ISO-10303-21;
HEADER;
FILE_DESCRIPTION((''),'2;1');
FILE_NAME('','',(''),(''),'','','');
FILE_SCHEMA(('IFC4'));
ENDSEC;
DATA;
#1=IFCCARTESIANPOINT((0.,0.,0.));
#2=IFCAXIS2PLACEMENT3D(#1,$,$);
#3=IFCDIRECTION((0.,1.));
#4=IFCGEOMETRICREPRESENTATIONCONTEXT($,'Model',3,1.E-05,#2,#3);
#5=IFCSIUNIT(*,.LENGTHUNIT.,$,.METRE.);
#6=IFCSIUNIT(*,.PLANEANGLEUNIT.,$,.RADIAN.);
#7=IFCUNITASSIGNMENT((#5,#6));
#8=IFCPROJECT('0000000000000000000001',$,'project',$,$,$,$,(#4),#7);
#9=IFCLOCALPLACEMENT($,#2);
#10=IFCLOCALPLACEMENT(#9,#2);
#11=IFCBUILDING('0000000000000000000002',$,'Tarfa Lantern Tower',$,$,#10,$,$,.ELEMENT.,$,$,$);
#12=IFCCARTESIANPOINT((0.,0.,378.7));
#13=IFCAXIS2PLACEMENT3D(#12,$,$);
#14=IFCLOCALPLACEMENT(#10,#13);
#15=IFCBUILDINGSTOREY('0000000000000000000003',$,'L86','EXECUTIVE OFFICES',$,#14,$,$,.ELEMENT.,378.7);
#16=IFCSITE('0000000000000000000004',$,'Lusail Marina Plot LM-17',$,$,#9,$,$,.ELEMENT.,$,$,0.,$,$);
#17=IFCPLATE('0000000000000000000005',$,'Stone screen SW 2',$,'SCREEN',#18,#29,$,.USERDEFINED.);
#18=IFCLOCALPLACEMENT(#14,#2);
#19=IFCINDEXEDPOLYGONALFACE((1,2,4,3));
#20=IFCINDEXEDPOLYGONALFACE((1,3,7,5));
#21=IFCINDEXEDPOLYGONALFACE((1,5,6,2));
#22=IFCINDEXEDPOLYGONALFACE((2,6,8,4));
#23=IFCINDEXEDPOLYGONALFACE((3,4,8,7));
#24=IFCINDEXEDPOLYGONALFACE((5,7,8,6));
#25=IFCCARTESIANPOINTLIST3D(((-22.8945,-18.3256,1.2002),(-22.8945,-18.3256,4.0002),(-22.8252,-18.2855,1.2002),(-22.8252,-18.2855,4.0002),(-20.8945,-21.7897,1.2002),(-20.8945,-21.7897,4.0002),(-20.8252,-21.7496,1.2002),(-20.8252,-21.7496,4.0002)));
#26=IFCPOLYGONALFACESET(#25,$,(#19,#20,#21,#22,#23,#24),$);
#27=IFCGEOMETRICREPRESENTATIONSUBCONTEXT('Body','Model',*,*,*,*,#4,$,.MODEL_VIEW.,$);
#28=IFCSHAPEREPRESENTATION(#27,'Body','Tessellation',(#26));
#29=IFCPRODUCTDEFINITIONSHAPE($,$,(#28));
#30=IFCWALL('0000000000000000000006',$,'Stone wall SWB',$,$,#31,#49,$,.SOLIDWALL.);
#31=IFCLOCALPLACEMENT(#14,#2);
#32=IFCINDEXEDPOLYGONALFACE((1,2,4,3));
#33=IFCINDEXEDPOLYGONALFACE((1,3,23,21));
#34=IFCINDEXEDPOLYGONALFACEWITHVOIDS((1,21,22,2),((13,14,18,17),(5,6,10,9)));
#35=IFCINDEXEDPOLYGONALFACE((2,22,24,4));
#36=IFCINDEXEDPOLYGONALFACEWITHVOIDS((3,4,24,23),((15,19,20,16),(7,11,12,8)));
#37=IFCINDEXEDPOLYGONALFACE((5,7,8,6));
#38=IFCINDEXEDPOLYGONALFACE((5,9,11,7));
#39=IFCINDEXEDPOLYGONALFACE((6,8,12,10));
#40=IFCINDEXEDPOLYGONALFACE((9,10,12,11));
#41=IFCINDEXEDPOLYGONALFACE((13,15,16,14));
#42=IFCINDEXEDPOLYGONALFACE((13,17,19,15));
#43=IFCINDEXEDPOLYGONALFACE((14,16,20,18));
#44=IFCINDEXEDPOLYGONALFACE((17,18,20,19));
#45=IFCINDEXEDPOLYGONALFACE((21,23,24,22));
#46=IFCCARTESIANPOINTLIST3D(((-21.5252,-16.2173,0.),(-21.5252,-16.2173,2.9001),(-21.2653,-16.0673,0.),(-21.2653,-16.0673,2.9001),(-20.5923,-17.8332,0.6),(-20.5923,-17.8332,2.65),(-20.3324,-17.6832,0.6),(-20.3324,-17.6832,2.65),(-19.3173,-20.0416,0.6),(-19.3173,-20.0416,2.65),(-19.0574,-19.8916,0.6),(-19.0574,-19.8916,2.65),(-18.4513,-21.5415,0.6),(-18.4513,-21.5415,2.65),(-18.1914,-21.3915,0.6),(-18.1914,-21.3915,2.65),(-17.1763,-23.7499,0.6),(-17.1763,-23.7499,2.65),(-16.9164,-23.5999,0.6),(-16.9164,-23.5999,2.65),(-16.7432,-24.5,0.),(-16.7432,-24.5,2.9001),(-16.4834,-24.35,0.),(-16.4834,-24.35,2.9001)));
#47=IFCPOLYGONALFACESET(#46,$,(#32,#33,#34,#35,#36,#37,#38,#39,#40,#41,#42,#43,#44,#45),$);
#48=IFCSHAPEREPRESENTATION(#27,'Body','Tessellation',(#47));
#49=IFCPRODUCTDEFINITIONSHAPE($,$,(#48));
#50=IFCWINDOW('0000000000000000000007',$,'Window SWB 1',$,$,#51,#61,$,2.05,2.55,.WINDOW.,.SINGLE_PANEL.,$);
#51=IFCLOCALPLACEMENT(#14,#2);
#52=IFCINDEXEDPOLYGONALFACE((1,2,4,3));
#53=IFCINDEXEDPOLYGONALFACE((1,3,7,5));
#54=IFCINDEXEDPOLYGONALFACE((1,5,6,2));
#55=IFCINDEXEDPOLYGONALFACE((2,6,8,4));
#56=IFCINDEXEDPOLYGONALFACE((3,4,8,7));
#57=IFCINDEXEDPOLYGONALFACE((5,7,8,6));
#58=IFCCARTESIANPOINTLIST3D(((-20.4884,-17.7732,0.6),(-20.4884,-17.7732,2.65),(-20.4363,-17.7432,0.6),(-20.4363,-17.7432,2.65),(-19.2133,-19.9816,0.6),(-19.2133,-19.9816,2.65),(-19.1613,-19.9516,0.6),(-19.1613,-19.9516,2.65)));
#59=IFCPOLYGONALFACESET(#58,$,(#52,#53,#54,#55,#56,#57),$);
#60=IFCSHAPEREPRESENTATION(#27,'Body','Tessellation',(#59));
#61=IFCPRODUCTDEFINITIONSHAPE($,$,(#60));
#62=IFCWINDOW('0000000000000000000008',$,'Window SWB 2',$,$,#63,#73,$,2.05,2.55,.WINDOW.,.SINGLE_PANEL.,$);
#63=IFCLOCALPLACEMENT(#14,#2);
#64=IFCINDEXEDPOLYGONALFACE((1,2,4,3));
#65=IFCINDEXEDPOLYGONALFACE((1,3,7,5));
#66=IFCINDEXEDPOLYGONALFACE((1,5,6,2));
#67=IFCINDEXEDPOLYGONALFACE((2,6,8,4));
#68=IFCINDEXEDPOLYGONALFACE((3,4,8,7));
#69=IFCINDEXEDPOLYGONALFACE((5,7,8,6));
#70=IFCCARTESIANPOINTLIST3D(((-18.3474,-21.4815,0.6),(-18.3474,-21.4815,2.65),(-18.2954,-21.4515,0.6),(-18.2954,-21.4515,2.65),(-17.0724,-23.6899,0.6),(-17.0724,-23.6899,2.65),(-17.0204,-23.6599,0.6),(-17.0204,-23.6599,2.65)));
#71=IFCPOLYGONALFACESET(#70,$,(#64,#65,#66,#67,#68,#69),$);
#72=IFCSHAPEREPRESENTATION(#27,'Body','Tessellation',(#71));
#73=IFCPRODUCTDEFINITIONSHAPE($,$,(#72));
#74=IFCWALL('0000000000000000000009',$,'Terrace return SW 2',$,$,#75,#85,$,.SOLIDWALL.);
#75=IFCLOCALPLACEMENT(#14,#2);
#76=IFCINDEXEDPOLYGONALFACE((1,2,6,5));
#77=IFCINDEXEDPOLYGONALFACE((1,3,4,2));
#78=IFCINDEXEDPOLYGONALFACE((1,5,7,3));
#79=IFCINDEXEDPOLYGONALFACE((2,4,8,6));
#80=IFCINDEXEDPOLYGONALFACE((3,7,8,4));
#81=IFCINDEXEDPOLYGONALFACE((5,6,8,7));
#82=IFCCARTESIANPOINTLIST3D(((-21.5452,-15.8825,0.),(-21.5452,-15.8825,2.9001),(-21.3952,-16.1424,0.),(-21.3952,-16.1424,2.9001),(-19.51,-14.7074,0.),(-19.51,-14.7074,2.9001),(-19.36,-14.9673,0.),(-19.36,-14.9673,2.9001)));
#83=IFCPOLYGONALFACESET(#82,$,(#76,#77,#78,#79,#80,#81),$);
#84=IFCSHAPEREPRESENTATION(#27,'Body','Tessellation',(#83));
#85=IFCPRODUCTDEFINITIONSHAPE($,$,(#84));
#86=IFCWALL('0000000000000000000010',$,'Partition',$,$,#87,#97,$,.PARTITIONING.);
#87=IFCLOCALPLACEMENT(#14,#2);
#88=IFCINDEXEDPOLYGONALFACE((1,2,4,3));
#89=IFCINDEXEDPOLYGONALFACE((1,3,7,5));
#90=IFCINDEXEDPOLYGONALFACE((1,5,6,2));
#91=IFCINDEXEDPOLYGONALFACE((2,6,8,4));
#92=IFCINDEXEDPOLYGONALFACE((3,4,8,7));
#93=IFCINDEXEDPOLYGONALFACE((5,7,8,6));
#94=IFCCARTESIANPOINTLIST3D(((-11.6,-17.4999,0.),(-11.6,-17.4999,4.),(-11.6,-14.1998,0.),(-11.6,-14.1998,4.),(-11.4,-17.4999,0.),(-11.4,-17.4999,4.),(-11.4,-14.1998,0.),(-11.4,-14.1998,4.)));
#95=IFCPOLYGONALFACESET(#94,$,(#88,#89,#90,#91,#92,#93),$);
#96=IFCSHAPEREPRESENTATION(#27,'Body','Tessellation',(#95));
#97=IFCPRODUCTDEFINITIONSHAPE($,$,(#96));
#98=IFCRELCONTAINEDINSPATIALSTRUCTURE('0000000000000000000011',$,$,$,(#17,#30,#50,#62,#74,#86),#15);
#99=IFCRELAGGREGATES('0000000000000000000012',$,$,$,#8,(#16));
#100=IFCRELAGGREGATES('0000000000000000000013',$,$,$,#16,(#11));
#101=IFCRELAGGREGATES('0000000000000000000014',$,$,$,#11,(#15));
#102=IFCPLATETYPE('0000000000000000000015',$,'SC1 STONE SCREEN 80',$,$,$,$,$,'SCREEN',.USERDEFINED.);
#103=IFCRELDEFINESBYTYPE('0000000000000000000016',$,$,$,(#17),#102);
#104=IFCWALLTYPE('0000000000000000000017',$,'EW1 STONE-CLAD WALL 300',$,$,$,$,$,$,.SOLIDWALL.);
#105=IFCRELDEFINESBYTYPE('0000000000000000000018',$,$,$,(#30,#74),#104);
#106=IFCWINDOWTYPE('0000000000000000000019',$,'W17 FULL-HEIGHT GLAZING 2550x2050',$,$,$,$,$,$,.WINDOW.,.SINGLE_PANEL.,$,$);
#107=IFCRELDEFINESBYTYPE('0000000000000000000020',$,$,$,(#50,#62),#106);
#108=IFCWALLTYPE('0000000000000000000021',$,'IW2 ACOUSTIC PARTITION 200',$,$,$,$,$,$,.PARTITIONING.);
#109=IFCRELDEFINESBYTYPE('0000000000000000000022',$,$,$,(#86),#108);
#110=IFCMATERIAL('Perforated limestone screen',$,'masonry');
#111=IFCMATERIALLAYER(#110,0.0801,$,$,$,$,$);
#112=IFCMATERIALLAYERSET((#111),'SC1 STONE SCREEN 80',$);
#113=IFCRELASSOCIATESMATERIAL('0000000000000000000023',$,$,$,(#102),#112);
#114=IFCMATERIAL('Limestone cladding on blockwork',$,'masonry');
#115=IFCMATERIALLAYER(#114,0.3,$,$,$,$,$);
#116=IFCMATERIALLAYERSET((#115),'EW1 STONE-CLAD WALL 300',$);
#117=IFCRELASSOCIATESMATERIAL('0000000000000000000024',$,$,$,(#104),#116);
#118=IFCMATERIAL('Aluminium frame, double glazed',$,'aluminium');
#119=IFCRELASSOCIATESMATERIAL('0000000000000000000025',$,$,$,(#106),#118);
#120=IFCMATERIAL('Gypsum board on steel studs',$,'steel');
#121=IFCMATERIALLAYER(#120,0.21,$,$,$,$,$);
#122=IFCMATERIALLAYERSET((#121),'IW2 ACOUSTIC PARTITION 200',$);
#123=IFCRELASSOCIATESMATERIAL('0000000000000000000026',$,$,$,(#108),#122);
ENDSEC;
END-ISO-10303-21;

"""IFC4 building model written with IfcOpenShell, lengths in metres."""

from ifc_helpers import new_model, si_unit, direction, frame, frame_2d, origin, origin_2d, place, context, subcontext, project, spatial, rectangle, extrude, material, layer, layer_set, type_object, element, fill, save


model = new_model("IFC4")

# Units and contexts
model_context = context("Model", 3, precision=1e-05, world=origin(), true_north=direction((0.0, 1.0)))
body_context = subcontext(model_context, "Body", "Model", "MODEL_VIEW")
ifc_project = project(units=[si_unit("LENGTHUNIT", "METRE"), si_unit("PLANEANGLEUNIT", "RADIAN")], contexts=[model_context])

# Site, building, storey
site_placement = place(None, origin())
site = spatial("IfcSite", under=ifc_project, at=site_placement, Name="Lusail Marina Plot LM-17", CompositionType="ELEMENT", RefElevation=0.0)
building_placement = place(site_placement, origin())
building = spatial("IfcBuilding", under=site, at=building_placement, Name="Tarfa Lantern Tower", CompositionType="ELEMENT")
storey_placement = place(building_placement, frame((0.0, 0.0, 378.7)))
storey = spatial("IfcBuildingStorey", under=building, at=storey_placement, Name="L86", Description="EXECUTIVE OFFICES", CompositionType="ELEMENT", Elevation=378.7)

# Plate
ifc_material_1 = material(Name="Perforated limestone screen", Category="masonry")
ifc_layer_1 = layer(ifc_material_1, 0.0801)
ifc_layer_set_1 = layer_set([ifc_layer_1], Name="SC1 STONE SCREEN 80")
plate_type_1 = type_object("IfcPlateType", Name="SC1 STONE SCREEN 80", ElementType="SCREEN", PredefinedType="USERDEFINED", material=ifc_layer_set_1)
plate_1_placement = place(storey_placement, frame((-21.8599, -20.0376, 1.2002), z_axis=(0.0, 0.0, 1.0), x_axis=(0.5, -0.866025, 0.0)))
element("IfcPlate", 1, at=plate_1_placement, inside=storey, type_object=plate_type_1, Name="Stone screen SW 2", ObjectType="SCREEN", PredefinedType="USERDEFINED", context=body_context, shape_type="SweptSolid", body=[
    extrude(rectangle(XDim=4.0, YDim=0.0801, at=origin_2d()), origin(), (0.0, 0.0, 1.0), 2.8),
])

# Wall, openings, windows
ifc_material_2 = material(Name="Limestone cladding on blockwork", Category="masonry")
ifc_layer_2 = layer(ifc_material_2, 0.3)
ifc_layer_set_2 = layer_set([ifc_layer_2], Name="EW1 STONE-CLAD WALL 300")
wall_type_1 = type_object("IfcWallType", Name="EW1 STONE-CLAD WALL 300", PredefinedType="SOLIDWALL", material=ifc_layer_set_2)
wall_1_placement = place(storey_placement, frame((-21.3953, -16.1423, 0.0), z_axis=(0.0, 0.0, 1.0), x_axis=(0.499996, -0.866027, 0.0)))
wall_1 = element("IfcWall", 2, at=wall_1_placement, inside=storey, type_object=wall_type_1, Name="Stone wall SWB", PredefinedType="SOLIDWALL", context=body_context, shape_type="SweptSolid", body=[
    extrude(rectangle(XDim=9.564, YDim=0.3, at=frame_2d((4.782, 0.0))), origin(), (0.0, 0.0, 1.0), 2.9001),
])
opening_1_placement = place(wall_1_placement, frame((1.866, 0.0, 0.6001)))
opening_1 = element("IfcOpeningElement", 3, at=opening_1_placement, cuts=wall_1, PredefinedType="OPENING", context=body_context, shape_type="SweptSolid", body=[
    extrude(rectangle(XDim=2.55, YDim=2.05, at=frame_2d((1.2749, 1.0249))), frame((0.0, 0.1599, 0.0), z_axis=(0.0, -1.0, 0.0), x_axis=(1.0, 0.0, 0.0)), (0.0, 0.0, 1.0), 0.3201),
])
opening_2_placement = place(wall_1_placement, frame((6.1479, 0.0, 0.6001)))
opening_2 = element("IfcOpeningElement", 4, at=opening_2_placement, cuts=wall_1, PredefinedType="OPENING", context=body_context, shape_type="SweptSolid", body=[
    extrude(rectangle(XDim=2.55, YDim=2.05, at=frame_2d((1.2749, 1.0249))), frame((0.0, 0.1599, 0.0), z_axis=(0.0, -1.0, 0.0), x_axis=(1.0, 0.0, 0.0)), (0.0, 0.0, 1.0), 0.3201),
])
ifc_material_3 = material(Name="Aluminium frame, double glazed", Category="aluminium")
window_type = type_object("IfcWindowType", Name="W17 FULL-HEIGHT GLAZING 2550x2050", PartitioningType="SINGLE_PANEL", PredefinedType="WINDOW", material=ifc_material_3)
window_1_placement = place(opening_1_placement, origin())
window_1 = element("IfcWindow", 5, at=window_1_placement, inside=storey, type_object=window_type, Name="Window SWB 1", OverallHeight=2.05, OverallWidth=2.55, PartitioningType="SINGLE_PANEL", PredefinedType="WINDOW", context=body_context, shape_type="SweptSolid", body=[
    extrude(rectangle(XDim=2.55, YDim=2.05, at=frame_2d((1.2749, 1.0249))), frame((0.0, 0.03, 0.0), z_axis=(0.0, -1.0, 0.0), x_axis=(1.0, 0.0, 0.0)), (0.0, 0.0, 1.0), 0.0601),
])
fill(opening_1, window_1)
window_2_placement = place(opening_2_placement, origin())
window_2 = element("IfcWindow", 6, at=window_2_placement, inside=storey, type_object=window_type, Name="Window SWB 2", OverallHeight=2.05, OverallWidth=2.55, PartitioningType="SINGLE_PANEL", PredefinedType="WINDOW", context=body_context, shape_type="SweptSolid", body=[
    extrude(rectangle(XDim=2.55, YDim=2.05, at=frame_2d((1.2749, 1.0249))), frame((0.0, 0.03, 0.0), z_axis=(0.0, -1.0, 0.0), x_axis=(1.0, 0.0, 0.0)), (0.0, 0.0, 1.0), 0.0601),
])
fill(opening_2, window_2)

# Walls
wall_2_placement = place(storey_placement, frame((-21.4702, -16.0125, 0.0), z_axis=(0.0, 0.0, 1.0), x_axis=(0.866016, 0.500016, 0.0)))
element("IfcWall", 7, at=wall_2_placement, inside=storey, type_object=wall_type_1, Name="Terrace return SW 2", PredefinedType="SOLIDWALL", context=body_context, shape_type="SweptSolid", body=[
    extrude(rectangle(XDim=2.3501, YDim=0.3, at=frame_2d((1.175, 0.0))), origin(), (0.0, 0.0, 1.0), 2.9001),
])
ifc_material_4 = material(Name="Gypsum board on steel studs", Category="steel")
ifc_layer_3 = layer(ifc_material_4, 0.21)
ifc_layer_set_3 = layer_set([ifc_layer_3], Name="IW2 ACOUSTIC PARTITION 200")
wall_type_2 = type_object("IfcWallType", Name="IW2 ACOUSTIC PARTITION 200", PredefinedType="PARTITIONING", material=ifc_layer_set_3)
wall_3_placement = place(storey_placement, frame((-11.5, -14.2, 0.0), z_axis=(0.0, 0.0, 1.0), x_axis=(0.0, -1.0, 0.0)))
element("IfcWall", 8, at=wall_3_placement, inside=storey, type_object=wall_type_2, Name="Partition", PredefinedType="PARTITIONING", context=body_context, shape_type="SweptSolid", body=[
    extrude(rectangle(XDim=3.3, YDim=0.2, at=frame_2d((1.6499, 0.0))), origin(), (0.0, 0.0, 1.0), 4.0),
])

save(model, "model.ifc")
